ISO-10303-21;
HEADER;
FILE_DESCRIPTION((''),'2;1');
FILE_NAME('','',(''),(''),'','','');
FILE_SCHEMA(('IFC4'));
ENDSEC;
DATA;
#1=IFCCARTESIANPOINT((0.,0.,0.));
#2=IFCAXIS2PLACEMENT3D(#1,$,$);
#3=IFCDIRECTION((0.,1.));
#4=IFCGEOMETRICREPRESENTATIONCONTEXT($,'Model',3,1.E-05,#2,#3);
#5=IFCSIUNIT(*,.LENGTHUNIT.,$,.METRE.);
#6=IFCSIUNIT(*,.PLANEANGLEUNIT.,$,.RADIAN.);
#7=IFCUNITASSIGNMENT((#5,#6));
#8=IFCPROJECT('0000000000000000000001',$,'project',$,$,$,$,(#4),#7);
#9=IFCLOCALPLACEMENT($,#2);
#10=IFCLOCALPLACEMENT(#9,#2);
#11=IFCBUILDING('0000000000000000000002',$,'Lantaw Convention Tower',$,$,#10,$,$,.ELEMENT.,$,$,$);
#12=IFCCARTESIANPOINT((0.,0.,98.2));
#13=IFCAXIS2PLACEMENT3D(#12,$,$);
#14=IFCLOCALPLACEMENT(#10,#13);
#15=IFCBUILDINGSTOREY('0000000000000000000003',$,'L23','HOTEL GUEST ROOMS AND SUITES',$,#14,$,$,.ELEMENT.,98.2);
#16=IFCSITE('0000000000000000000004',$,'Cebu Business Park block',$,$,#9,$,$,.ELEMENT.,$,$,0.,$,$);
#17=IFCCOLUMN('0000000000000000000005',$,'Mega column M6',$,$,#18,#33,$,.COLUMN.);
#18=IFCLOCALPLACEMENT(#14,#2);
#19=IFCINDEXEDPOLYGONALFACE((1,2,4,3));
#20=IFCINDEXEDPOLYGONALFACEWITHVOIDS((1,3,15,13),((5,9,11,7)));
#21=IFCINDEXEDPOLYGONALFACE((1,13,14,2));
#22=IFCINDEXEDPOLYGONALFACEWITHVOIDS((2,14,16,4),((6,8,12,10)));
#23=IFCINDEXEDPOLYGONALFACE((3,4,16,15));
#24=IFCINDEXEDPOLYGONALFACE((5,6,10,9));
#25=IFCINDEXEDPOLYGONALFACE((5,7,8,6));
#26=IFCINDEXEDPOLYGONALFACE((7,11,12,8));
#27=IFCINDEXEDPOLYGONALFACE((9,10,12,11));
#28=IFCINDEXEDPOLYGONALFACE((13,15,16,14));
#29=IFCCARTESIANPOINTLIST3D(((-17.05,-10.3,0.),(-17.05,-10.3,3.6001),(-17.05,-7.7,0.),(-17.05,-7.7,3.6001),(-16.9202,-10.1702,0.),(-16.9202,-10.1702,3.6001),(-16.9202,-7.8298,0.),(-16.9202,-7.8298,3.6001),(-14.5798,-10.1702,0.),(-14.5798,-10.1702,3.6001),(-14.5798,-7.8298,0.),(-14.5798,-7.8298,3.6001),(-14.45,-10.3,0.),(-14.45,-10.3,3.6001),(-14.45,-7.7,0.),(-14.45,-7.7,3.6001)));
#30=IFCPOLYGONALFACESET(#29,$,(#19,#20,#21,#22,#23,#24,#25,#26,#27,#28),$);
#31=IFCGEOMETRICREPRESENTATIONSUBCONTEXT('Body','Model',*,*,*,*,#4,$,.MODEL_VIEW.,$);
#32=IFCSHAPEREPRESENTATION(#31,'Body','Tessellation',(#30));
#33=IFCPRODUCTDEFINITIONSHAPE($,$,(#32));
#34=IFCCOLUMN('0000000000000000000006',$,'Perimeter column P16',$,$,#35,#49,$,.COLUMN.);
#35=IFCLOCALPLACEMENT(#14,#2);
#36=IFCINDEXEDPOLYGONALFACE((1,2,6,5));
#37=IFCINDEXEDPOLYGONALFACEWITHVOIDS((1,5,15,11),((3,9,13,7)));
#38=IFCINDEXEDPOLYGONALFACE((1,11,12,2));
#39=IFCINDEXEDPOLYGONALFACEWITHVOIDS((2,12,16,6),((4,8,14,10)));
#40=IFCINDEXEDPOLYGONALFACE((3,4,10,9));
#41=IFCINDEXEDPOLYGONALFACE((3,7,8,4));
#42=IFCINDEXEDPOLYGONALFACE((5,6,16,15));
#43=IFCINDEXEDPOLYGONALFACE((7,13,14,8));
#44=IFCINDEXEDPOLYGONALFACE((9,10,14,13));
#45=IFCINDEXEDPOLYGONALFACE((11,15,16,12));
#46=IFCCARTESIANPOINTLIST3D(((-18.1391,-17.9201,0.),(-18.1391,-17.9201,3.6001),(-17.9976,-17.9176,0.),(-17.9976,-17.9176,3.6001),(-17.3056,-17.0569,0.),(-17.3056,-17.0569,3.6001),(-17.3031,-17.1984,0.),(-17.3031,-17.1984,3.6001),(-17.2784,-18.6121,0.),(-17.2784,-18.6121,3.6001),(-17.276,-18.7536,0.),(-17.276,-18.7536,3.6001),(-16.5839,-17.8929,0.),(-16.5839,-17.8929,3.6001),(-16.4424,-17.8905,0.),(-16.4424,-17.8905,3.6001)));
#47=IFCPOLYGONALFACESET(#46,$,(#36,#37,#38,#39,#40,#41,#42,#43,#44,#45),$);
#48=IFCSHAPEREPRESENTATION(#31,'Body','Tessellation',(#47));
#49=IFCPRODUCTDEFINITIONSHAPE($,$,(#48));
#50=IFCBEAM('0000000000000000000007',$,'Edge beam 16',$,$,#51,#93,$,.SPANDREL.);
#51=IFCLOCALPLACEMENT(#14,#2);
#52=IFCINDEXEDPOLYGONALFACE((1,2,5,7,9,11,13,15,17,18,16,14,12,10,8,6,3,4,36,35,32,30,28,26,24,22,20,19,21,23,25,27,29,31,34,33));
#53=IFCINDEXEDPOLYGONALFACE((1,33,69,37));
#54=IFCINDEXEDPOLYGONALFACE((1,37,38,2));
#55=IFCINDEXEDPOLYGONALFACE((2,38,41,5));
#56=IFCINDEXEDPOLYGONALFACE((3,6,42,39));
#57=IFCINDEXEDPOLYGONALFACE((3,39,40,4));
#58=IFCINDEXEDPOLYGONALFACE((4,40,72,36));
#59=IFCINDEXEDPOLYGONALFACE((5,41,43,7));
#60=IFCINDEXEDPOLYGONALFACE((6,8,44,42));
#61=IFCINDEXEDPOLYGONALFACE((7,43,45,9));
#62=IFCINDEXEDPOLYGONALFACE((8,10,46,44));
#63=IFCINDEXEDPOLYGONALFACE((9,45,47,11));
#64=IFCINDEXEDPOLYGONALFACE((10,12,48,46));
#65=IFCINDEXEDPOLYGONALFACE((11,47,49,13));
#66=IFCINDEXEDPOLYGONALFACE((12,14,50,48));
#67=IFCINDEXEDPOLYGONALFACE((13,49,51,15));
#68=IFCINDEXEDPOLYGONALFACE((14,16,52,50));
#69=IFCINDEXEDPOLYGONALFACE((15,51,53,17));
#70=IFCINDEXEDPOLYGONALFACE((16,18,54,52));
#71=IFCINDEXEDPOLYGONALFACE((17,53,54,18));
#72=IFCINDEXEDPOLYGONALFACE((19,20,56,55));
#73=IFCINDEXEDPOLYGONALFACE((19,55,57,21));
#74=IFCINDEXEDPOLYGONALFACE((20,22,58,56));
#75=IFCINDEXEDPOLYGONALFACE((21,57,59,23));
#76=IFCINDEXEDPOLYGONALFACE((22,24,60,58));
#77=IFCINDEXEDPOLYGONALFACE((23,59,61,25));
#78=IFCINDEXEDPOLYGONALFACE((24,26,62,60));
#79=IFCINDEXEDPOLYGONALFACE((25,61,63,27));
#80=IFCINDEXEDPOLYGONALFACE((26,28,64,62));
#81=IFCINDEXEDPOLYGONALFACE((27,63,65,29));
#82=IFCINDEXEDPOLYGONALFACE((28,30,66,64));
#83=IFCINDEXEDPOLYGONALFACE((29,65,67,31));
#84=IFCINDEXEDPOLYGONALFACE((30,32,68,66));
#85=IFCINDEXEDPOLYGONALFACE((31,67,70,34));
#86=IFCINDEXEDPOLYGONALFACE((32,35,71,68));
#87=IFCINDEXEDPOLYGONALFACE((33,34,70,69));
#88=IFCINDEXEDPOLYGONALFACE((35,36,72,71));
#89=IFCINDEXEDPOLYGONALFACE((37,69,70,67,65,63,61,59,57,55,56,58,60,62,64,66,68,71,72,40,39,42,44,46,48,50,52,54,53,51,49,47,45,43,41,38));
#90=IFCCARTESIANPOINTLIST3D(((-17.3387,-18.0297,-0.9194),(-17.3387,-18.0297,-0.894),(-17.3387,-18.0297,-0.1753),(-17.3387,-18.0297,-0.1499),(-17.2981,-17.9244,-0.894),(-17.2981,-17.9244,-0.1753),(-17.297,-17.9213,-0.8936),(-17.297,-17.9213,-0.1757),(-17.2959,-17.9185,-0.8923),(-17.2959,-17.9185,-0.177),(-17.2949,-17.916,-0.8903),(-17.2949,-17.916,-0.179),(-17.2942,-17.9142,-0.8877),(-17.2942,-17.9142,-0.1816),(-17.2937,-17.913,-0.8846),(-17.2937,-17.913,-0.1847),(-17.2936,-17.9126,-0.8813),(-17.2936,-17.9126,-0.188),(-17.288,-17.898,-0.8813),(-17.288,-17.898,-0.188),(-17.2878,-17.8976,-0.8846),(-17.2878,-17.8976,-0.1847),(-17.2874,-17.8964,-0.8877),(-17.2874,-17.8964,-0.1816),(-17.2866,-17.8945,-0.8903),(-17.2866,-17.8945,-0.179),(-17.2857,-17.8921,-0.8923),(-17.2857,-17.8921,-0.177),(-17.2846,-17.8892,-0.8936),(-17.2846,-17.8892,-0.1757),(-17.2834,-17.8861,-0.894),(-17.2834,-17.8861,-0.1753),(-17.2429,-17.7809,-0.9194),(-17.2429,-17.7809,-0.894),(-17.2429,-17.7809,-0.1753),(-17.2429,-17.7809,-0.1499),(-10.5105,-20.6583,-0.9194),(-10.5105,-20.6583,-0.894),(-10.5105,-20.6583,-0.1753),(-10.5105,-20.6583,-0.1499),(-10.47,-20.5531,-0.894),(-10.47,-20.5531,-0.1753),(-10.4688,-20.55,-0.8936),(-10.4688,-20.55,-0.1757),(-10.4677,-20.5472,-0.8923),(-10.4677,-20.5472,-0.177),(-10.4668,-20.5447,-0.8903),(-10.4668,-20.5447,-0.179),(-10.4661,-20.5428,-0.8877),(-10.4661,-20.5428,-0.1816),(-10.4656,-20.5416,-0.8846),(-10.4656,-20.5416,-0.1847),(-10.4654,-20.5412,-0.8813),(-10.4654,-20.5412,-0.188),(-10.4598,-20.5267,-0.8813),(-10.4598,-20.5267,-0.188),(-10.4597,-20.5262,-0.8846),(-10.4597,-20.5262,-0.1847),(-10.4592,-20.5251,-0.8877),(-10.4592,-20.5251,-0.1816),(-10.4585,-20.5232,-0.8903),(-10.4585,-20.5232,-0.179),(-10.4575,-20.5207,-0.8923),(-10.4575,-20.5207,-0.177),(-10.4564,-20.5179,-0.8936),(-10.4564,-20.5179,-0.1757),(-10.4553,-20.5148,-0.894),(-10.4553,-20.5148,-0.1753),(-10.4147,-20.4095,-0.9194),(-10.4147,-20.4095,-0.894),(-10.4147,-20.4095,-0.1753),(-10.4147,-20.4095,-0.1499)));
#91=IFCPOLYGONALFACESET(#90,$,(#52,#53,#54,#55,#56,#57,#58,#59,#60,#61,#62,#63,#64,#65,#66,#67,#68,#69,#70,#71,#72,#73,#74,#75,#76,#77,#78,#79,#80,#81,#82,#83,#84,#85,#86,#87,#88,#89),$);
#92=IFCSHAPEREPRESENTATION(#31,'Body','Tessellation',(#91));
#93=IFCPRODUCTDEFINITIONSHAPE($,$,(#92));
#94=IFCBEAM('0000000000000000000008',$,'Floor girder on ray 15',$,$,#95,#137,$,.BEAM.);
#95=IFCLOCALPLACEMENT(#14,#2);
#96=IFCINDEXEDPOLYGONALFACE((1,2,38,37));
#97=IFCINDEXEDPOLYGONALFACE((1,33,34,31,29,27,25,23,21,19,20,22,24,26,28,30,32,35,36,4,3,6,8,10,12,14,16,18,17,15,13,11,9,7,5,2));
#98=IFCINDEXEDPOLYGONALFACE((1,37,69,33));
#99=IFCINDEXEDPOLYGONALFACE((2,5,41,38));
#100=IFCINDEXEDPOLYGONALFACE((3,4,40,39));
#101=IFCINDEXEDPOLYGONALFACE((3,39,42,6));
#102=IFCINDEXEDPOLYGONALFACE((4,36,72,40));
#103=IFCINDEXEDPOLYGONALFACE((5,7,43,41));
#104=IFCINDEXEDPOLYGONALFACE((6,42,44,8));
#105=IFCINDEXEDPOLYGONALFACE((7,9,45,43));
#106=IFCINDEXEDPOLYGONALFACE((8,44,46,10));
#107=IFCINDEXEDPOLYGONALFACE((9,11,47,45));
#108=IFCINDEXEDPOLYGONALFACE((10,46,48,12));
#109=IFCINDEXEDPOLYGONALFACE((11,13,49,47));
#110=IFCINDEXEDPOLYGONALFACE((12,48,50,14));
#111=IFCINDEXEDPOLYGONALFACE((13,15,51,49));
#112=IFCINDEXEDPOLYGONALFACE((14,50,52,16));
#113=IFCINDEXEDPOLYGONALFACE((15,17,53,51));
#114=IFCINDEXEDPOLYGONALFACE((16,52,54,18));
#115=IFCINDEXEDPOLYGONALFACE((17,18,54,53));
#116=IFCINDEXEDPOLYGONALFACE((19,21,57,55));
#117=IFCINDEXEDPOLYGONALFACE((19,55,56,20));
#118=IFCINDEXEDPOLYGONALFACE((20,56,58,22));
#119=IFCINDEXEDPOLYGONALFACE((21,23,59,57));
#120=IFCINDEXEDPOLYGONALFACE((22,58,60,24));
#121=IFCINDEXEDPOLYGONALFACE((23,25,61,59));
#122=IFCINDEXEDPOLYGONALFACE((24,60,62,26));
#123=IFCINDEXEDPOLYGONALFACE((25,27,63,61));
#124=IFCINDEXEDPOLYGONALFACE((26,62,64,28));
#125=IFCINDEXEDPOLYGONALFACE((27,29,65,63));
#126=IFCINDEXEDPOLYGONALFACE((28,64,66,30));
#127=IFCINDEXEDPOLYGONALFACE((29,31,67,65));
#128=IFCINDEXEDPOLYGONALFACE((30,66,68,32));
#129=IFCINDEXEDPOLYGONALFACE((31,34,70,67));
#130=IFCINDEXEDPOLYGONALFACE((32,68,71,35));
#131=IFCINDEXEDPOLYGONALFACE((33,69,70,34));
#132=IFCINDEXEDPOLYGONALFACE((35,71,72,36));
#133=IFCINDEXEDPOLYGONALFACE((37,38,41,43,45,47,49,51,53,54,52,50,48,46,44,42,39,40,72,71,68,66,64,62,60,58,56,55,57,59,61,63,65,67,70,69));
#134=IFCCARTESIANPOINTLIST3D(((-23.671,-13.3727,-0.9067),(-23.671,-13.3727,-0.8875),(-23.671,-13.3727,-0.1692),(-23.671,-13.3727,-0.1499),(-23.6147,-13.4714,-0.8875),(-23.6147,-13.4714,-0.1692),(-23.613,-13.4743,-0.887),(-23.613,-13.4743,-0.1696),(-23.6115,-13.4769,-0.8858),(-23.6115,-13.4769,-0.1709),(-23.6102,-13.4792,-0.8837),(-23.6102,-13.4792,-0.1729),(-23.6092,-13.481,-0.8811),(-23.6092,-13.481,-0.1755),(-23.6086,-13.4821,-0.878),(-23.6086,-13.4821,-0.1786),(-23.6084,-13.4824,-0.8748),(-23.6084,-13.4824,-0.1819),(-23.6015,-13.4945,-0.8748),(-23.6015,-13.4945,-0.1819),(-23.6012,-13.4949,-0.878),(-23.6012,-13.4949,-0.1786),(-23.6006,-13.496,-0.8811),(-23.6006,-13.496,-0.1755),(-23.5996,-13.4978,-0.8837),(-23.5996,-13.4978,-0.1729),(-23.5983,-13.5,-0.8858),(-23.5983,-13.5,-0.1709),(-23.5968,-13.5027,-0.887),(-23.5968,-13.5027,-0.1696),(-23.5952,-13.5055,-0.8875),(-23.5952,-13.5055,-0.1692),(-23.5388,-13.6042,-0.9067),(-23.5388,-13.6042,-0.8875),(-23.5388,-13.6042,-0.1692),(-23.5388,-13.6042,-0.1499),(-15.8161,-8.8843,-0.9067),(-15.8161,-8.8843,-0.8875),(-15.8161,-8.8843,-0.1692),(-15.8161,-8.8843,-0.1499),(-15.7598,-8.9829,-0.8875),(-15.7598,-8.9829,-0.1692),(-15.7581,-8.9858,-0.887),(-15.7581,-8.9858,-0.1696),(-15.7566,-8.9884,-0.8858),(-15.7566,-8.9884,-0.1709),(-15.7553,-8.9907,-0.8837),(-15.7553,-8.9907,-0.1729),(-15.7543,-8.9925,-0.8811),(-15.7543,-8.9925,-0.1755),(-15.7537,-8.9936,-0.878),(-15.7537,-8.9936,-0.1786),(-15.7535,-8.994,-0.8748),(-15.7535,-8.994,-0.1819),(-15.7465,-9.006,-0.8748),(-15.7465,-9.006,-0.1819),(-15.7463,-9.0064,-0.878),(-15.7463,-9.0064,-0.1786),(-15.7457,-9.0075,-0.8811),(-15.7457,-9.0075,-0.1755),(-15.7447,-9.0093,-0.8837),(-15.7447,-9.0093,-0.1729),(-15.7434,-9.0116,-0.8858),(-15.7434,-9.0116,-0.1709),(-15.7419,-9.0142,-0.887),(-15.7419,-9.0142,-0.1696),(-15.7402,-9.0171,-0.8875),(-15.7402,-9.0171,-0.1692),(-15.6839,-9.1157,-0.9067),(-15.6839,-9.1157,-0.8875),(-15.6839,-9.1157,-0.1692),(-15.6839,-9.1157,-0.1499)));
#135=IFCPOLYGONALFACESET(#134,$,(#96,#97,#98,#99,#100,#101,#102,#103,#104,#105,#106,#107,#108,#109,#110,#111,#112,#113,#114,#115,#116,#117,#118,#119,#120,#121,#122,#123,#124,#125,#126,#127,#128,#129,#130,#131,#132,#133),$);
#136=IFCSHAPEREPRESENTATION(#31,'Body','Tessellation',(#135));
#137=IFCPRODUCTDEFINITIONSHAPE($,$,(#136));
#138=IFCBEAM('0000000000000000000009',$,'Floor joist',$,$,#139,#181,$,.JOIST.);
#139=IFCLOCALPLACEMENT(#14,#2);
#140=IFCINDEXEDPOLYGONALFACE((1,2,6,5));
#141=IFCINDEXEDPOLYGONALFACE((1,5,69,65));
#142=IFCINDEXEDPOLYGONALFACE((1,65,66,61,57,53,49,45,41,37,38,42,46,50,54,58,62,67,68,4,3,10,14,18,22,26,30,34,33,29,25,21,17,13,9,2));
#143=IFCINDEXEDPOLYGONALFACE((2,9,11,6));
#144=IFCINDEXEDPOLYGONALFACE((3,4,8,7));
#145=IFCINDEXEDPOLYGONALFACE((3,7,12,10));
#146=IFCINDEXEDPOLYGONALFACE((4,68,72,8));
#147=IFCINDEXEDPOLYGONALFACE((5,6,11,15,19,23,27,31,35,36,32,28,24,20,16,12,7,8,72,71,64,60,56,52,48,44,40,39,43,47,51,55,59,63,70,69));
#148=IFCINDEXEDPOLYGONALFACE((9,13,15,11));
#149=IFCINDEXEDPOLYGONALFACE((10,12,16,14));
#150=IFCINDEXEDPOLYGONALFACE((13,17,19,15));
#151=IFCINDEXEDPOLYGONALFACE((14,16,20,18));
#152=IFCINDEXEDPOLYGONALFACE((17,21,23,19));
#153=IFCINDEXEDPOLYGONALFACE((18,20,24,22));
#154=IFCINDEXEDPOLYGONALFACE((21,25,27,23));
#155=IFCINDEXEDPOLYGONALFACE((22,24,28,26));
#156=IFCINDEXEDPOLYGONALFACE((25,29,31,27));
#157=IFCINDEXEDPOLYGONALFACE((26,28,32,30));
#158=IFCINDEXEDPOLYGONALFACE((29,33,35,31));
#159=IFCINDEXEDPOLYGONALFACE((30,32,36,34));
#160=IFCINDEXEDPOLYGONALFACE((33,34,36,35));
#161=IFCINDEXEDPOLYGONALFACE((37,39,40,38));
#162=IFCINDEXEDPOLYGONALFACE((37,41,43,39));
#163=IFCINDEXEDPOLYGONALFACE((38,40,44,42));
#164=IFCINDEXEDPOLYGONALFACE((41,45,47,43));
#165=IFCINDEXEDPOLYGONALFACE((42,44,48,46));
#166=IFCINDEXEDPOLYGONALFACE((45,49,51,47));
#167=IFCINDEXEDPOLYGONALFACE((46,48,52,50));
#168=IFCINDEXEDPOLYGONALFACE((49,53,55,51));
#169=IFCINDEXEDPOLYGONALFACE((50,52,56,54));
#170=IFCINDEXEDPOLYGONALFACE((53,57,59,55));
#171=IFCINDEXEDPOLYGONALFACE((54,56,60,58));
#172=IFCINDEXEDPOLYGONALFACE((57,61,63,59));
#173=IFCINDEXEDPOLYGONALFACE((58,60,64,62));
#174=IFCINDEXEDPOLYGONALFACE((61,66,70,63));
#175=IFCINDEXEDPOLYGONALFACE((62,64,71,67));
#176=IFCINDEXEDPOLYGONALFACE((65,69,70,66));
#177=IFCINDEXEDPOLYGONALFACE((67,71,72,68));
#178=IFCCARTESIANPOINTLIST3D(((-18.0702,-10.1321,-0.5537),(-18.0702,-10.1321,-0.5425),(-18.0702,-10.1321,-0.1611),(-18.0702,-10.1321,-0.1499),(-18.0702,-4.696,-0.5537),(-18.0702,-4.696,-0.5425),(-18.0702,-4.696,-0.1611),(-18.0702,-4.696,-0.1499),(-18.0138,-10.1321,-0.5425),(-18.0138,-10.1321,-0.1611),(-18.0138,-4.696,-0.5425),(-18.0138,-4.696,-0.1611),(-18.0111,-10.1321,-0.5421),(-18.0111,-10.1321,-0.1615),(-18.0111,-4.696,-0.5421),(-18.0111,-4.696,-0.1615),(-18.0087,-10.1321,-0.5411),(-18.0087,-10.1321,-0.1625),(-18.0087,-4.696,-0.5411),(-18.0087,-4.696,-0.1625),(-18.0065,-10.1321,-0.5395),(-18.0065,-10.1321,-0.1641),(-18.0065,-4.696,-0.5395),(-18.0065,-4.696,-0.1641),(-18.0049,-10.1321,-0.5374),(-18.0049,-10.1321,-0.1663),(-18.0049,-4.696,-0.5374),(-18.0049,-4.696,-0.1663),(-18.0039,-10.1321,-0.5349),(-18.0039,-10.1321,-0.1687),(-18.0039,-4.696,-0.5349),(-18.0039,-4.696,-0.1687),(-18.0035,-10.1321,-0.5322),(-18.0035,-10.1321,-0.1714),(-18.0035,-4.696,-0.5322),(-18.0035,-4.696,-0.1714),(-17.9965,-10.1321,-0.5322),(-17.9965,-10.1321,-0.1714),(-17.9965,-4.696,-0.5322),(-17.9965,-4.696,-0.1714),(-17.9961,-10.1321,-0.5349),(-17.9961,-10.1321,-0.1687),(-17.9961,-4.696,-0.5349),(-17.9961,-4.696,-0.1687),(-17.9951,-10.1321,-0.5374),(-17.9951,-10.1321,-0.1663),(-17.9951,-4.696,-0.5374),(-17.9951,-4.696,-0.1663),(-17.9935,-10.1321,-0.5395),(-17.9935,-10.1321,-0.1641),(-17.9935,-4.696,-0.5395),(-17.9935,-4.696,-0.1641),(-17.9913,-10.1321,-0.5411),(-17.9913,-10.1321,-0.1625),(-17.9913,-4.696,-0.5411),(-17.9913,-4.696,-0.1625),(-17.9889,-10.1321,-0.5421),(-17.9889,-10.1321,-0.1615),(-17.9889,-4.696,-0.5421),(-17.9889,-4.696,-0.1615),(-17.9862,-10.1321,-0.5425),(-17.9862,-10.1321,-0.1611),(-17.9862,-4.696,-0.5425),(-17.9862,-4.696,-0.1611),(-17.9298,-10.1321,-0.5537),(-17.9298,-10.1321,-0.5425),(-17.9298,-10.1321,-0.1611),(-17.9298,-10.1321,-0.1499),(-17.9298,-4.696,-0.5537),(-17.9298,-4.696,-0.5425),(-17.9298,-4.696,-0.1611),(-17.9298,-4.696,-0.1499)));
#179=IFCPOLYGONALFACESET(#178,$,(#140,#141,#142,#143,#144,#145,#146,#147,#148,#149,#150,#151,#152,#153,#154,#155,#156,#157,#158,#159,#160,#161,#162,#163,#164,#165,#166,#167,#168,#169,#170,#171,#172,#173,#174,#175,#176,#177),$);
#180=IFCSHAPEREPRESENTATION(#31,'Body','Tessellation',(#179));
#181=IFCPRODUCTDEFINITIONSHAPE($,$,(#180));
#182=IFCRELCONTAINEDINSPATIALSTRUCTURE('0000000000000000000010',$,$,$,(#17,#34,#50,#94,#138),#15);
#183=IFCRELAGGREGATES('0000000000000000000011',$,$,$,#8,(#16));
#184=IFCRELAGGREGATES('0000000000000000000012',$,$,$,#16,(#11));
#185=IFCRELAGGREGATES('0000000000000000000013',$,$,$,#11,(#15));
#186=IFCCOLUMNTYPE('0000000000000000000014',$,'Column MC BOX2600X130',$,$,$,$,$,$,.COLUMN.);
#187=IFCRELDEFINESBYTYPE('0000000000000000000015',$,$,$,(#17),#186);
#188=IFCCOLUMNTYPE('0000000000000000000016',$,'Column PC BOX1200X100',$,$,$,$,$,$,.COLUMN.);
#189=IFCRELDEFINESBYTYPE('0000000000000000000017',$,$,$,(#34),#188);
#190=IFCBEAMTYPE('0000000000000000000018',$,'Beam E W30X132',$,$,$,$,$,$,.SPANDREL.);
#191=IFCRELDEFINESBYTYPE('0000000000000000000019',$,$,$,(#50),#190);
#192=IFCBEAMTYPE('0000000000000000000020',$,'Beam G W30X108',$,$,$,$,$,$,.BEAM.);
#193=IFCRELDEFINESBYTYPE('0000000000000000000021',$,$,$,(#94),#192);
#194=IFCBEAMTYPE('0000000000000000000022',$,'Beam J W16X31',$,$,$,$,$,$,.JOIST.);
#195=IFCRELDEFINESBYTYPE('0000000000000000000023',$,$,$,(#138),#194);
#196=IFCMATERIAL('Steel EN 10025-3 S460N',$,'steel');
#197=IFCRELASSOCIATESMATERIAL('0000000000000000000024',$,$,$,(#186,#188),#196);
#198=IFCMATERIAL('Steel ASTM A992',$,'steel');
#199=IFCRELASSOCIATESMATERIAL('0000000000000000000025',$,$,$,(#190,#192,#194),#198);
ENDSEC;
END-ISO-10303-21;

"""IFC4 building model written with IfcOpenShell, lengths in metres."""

from ifc_helpers import new_model, si_unit, direction, frame, origin, origin_2d, place, context, subcontext, project, spatial, rectangle, hollow_rectangle, i_section, extrude, material, material_profile, profile_set, type_object, element, save


model = new_model("IFC4")

# Units and contexts
model_context = context("Model", 3, precision=1e-05, world=origin(), true_north=direction((0.0, 1.0)))
body_context = subcontext(model_context, "Body", "Model", "MODEL_VIEW")
ifc_project = project(units=[si_unit("LENGTHUNIT", "METRE"), si_unit("PLANEANGLEUNIT", "RADIAN")], contexts=[model_context])

# Site, building, storey
site_placement = place(None, origin())
site = spatial("IfcSite", under=ifc_project, at=site_placement, Name="Cebu Business Park block", CompositionType="ELEMENT", RefElevation=0.0)
building_placement = place(site_placement, origin())
building = spatial("IfcBuilding", under=site, at=building_placement, Name="Lantaw Convention Tower", CompositionType="ELEMENT")
storey_placement = place(building_placement, frame((0.0, 0.0, 98.2)))
storey = spatial("IfcBuildingStorey", under=building, at=storey_placement, Name="L23", Description="HOTEL GUEST ROOMS AND SUITES", CompositionType="ELEMENT", Elevation=98.2)

# Columns
ifc_material_1 = material(Name="Steel EN 10025-3 S460N", Category="steel")
ifc_material_profile_1 = material_profile(ifc_material_1, hollow_rectangle(XDim=2.6001, YDim=2.6001, WallThickness=0.1299, at=origin_2d()), Name="BOX2600X130")
ifc_material_2 = material(Name="Concrete C60/75", Category="concrete")
ifc_material_profile_2 = material_profile(ifc_material_2, rectangle(XDim=2.3401, YDim=2.3401, at=origin_2d()), Name="Concrete fill of BOX2600X130")
ifc_profile_set_1 = profile_set([ifc_material_profile_1, ifc_material_profile_2], Name="Steel EN 10025-3 S460N")
column_type_1 = type_object("IfcColumnType", Name="Column MC BOX2600X130", PredefinedType="COLUMN", material=ifc_profile_set_1)
column_1_placement = place(storey_placement, frame((-15.75, -9.0, 0.0), z_axis=(0.0, 0.0, 1.0), x_axis=(1.0, 0.0, 0.0)))
element("IfcColumn", 1, at=column_1_placement, inside=storey, type_object=column_type_1, Name="Mega column M6", PredefinedType="COLUMN", context=body_context, shape_type="SweptSolid", body=[
    extrude(hollow_rectangle(XDim=2.6001, YDim=2.6001, WallThickness=0.1299, at=origin_2d()), origin(), (0.0, 0.0, 1.0), 3.6001),
])
ifc_material_profile_3 = material_profile(ifc_material_1, hollow_rectangle(XDim=1.2, YDim=1.2, WallThickness=0.1001, at=origin_2d()), Name="BOX1200X100")
ifc_material_profile_4 = material_profile(ifc_material_2, rectangle(XDim=1.0, YDim=1.0, at=origin_2d()), Name="Concrete fill of BOX1200X100")
ifc_profile_set_2 = profile_set([ifc_material_profile_3, ifc_material_profile_4], Name="Steel EN 10025-3 S460N")
column_type_2 = type_object("IfcColumnType", Name="Column PC BOX1200X100", PredefinedType="COLUMN", material=ifc_profile_set_2)
column_2_placement = place(storey_placement, frame((-17.2908, -17.9053, 0.0), z_axis=(0.0, 0.0, 1.0), x_axis=(0.694658, 0.71934, 0.0)))
element("IfcColumn", 2, at=column_2_placement, inside=storey, type_object=column_type_2, Name="Perimeter column P16", PredefinedType="COLUMN", context=body_context, shape_type="SweptSolid", body=[
    extrude(hollow_rectangle(XDim=1.2, YDim=1.2, WallThickness=0.1001, at=origin_2d()), origin(), (0.0, 0.0, 1.0), 3.6001),
])

# Beams
ifc_material_3 = material(Name="Steel ASTM A992", Category="steel")
ifc_material_profile_5 = material_profile(ifc_material_3, i_section(OverallWidth=0.2666, OverallDepth=0.7695, WebThickness=0.0156, FlangeThickness=0.0254, FilletRadius=0.0127, at=origin_2d()), Name="W30X132")
ifc_profile_set_3 = profile_set([ifc_material_profile_5], Name="Steel ASTM A992")
beam_type_1 = type_object("IfcBeamType", Name="Beam E W30X132", PredefinedType="SPANDREL", material=ifc_profile_set_3)
beam_1_placement = place(storey_placement, frame((-17.2908, -17.9053, -0.5347), z_axis=(0.933233, -0.359272, 0.0), x_axis=(0.359272, 0.933233, 0.0)))
element("IfcBeam", 3, at=beam_1_placement, inside=storey, type_object=beam_type_1, Name="Edge beam 16", PredefinedType="SPANDREL", context=body_context, shape_type="SweptSolid", body=[
    extrude(i_section(OverallWidth=0.2666, OverallDepth=0.7695, WebThickness=0.0156, FlangeThickness=0.0254, FilletRadius=0.0127, at=origin_2d()), origin(), (0.0, 0.0, 1.0), 7.3167),
])
ifc_material_profile_6 = material_profile(ifc_material_3, i_section(OverallWidth=0.2666, OverallDepth=0.7568, WebThickness=0.0139, FlangeThickness=0.0193, FilletRadius=0.0127, at=origin_2d()), Name="W30X108")
ifc_profile_set_4 = profile_set([ifc_material_profile_6], Name="Steel ASTM A992")
beam_type_2 = type_object("IfcBeamType", Name="Beam G W30X108", PredefinedType="BEAM", material=ifc_profile_set_4)
beam_2_placement = place(storey_placement, frame((-15.75, -9.0, -0.5283), z_axis=(-0.868245, -0.496136, 0.0), x_axis=(0.496136, -0.868245, 0.0)))
element("IfcBeam", 4, at=beam_2_placement, inside=storey, type_object=beam_type_2, Name="Floor girder on ray 15", PredefinedType="BEAM", context=body_context, shape_type="SweptSolid", body=[
    extrude(i_section(OverallWidth=0.2666, OverallDepth=0.7568, WebThickness=0.0139, FlangeThickness=0.0193, FilletRadius=0.0127, at=origin_2d()), origin(), (0.0, 0.0, 1.0), 9.0469),
])
ifc_material_profile_7 = material_profile(ifc_material_3, i_section(OverallWidth=0.1404, OverallDepth=0.4038, WebThickness=0.0071, FlangeThickness=0.0112, FilletRadius=0.0103, at=origin_2d()), Name="W16X31")
ifc_profile_set_5 = profile_set([ifc_material_profile_7], Name="Steel ASTM A992")
beam_type_3 = type_object("IfcBeamType", Name="Beam J W16X31", PredefinedType="JOIST", material=ifc_profile_set_5)
beam_3_placement = place(storey_placement, frame((-18.0, -10.1321, -0.3518), z_axis=(0.0, 1.0, 0.0), x_axis=(-1.0, 0.0, 0.0)))
element("IfcBeam", 5, at=beam_3_placement, inside=storey, type_object=beam_type_3, Name="Floor joist", PredefinedType="JOIST", context=body_context, shape_type="SweptSolid", body=[
    extrude(i_section(OverallWidth=0.1404, OverallDepth=0.4038, WebThickness=0.0071, FlangeThickness=0.0112, FilletRadius=0.0103, at=origin_2d()), origin(), (0.0, 0.0, 1.0), 5.436),
])

save(model, "model.ifc")
